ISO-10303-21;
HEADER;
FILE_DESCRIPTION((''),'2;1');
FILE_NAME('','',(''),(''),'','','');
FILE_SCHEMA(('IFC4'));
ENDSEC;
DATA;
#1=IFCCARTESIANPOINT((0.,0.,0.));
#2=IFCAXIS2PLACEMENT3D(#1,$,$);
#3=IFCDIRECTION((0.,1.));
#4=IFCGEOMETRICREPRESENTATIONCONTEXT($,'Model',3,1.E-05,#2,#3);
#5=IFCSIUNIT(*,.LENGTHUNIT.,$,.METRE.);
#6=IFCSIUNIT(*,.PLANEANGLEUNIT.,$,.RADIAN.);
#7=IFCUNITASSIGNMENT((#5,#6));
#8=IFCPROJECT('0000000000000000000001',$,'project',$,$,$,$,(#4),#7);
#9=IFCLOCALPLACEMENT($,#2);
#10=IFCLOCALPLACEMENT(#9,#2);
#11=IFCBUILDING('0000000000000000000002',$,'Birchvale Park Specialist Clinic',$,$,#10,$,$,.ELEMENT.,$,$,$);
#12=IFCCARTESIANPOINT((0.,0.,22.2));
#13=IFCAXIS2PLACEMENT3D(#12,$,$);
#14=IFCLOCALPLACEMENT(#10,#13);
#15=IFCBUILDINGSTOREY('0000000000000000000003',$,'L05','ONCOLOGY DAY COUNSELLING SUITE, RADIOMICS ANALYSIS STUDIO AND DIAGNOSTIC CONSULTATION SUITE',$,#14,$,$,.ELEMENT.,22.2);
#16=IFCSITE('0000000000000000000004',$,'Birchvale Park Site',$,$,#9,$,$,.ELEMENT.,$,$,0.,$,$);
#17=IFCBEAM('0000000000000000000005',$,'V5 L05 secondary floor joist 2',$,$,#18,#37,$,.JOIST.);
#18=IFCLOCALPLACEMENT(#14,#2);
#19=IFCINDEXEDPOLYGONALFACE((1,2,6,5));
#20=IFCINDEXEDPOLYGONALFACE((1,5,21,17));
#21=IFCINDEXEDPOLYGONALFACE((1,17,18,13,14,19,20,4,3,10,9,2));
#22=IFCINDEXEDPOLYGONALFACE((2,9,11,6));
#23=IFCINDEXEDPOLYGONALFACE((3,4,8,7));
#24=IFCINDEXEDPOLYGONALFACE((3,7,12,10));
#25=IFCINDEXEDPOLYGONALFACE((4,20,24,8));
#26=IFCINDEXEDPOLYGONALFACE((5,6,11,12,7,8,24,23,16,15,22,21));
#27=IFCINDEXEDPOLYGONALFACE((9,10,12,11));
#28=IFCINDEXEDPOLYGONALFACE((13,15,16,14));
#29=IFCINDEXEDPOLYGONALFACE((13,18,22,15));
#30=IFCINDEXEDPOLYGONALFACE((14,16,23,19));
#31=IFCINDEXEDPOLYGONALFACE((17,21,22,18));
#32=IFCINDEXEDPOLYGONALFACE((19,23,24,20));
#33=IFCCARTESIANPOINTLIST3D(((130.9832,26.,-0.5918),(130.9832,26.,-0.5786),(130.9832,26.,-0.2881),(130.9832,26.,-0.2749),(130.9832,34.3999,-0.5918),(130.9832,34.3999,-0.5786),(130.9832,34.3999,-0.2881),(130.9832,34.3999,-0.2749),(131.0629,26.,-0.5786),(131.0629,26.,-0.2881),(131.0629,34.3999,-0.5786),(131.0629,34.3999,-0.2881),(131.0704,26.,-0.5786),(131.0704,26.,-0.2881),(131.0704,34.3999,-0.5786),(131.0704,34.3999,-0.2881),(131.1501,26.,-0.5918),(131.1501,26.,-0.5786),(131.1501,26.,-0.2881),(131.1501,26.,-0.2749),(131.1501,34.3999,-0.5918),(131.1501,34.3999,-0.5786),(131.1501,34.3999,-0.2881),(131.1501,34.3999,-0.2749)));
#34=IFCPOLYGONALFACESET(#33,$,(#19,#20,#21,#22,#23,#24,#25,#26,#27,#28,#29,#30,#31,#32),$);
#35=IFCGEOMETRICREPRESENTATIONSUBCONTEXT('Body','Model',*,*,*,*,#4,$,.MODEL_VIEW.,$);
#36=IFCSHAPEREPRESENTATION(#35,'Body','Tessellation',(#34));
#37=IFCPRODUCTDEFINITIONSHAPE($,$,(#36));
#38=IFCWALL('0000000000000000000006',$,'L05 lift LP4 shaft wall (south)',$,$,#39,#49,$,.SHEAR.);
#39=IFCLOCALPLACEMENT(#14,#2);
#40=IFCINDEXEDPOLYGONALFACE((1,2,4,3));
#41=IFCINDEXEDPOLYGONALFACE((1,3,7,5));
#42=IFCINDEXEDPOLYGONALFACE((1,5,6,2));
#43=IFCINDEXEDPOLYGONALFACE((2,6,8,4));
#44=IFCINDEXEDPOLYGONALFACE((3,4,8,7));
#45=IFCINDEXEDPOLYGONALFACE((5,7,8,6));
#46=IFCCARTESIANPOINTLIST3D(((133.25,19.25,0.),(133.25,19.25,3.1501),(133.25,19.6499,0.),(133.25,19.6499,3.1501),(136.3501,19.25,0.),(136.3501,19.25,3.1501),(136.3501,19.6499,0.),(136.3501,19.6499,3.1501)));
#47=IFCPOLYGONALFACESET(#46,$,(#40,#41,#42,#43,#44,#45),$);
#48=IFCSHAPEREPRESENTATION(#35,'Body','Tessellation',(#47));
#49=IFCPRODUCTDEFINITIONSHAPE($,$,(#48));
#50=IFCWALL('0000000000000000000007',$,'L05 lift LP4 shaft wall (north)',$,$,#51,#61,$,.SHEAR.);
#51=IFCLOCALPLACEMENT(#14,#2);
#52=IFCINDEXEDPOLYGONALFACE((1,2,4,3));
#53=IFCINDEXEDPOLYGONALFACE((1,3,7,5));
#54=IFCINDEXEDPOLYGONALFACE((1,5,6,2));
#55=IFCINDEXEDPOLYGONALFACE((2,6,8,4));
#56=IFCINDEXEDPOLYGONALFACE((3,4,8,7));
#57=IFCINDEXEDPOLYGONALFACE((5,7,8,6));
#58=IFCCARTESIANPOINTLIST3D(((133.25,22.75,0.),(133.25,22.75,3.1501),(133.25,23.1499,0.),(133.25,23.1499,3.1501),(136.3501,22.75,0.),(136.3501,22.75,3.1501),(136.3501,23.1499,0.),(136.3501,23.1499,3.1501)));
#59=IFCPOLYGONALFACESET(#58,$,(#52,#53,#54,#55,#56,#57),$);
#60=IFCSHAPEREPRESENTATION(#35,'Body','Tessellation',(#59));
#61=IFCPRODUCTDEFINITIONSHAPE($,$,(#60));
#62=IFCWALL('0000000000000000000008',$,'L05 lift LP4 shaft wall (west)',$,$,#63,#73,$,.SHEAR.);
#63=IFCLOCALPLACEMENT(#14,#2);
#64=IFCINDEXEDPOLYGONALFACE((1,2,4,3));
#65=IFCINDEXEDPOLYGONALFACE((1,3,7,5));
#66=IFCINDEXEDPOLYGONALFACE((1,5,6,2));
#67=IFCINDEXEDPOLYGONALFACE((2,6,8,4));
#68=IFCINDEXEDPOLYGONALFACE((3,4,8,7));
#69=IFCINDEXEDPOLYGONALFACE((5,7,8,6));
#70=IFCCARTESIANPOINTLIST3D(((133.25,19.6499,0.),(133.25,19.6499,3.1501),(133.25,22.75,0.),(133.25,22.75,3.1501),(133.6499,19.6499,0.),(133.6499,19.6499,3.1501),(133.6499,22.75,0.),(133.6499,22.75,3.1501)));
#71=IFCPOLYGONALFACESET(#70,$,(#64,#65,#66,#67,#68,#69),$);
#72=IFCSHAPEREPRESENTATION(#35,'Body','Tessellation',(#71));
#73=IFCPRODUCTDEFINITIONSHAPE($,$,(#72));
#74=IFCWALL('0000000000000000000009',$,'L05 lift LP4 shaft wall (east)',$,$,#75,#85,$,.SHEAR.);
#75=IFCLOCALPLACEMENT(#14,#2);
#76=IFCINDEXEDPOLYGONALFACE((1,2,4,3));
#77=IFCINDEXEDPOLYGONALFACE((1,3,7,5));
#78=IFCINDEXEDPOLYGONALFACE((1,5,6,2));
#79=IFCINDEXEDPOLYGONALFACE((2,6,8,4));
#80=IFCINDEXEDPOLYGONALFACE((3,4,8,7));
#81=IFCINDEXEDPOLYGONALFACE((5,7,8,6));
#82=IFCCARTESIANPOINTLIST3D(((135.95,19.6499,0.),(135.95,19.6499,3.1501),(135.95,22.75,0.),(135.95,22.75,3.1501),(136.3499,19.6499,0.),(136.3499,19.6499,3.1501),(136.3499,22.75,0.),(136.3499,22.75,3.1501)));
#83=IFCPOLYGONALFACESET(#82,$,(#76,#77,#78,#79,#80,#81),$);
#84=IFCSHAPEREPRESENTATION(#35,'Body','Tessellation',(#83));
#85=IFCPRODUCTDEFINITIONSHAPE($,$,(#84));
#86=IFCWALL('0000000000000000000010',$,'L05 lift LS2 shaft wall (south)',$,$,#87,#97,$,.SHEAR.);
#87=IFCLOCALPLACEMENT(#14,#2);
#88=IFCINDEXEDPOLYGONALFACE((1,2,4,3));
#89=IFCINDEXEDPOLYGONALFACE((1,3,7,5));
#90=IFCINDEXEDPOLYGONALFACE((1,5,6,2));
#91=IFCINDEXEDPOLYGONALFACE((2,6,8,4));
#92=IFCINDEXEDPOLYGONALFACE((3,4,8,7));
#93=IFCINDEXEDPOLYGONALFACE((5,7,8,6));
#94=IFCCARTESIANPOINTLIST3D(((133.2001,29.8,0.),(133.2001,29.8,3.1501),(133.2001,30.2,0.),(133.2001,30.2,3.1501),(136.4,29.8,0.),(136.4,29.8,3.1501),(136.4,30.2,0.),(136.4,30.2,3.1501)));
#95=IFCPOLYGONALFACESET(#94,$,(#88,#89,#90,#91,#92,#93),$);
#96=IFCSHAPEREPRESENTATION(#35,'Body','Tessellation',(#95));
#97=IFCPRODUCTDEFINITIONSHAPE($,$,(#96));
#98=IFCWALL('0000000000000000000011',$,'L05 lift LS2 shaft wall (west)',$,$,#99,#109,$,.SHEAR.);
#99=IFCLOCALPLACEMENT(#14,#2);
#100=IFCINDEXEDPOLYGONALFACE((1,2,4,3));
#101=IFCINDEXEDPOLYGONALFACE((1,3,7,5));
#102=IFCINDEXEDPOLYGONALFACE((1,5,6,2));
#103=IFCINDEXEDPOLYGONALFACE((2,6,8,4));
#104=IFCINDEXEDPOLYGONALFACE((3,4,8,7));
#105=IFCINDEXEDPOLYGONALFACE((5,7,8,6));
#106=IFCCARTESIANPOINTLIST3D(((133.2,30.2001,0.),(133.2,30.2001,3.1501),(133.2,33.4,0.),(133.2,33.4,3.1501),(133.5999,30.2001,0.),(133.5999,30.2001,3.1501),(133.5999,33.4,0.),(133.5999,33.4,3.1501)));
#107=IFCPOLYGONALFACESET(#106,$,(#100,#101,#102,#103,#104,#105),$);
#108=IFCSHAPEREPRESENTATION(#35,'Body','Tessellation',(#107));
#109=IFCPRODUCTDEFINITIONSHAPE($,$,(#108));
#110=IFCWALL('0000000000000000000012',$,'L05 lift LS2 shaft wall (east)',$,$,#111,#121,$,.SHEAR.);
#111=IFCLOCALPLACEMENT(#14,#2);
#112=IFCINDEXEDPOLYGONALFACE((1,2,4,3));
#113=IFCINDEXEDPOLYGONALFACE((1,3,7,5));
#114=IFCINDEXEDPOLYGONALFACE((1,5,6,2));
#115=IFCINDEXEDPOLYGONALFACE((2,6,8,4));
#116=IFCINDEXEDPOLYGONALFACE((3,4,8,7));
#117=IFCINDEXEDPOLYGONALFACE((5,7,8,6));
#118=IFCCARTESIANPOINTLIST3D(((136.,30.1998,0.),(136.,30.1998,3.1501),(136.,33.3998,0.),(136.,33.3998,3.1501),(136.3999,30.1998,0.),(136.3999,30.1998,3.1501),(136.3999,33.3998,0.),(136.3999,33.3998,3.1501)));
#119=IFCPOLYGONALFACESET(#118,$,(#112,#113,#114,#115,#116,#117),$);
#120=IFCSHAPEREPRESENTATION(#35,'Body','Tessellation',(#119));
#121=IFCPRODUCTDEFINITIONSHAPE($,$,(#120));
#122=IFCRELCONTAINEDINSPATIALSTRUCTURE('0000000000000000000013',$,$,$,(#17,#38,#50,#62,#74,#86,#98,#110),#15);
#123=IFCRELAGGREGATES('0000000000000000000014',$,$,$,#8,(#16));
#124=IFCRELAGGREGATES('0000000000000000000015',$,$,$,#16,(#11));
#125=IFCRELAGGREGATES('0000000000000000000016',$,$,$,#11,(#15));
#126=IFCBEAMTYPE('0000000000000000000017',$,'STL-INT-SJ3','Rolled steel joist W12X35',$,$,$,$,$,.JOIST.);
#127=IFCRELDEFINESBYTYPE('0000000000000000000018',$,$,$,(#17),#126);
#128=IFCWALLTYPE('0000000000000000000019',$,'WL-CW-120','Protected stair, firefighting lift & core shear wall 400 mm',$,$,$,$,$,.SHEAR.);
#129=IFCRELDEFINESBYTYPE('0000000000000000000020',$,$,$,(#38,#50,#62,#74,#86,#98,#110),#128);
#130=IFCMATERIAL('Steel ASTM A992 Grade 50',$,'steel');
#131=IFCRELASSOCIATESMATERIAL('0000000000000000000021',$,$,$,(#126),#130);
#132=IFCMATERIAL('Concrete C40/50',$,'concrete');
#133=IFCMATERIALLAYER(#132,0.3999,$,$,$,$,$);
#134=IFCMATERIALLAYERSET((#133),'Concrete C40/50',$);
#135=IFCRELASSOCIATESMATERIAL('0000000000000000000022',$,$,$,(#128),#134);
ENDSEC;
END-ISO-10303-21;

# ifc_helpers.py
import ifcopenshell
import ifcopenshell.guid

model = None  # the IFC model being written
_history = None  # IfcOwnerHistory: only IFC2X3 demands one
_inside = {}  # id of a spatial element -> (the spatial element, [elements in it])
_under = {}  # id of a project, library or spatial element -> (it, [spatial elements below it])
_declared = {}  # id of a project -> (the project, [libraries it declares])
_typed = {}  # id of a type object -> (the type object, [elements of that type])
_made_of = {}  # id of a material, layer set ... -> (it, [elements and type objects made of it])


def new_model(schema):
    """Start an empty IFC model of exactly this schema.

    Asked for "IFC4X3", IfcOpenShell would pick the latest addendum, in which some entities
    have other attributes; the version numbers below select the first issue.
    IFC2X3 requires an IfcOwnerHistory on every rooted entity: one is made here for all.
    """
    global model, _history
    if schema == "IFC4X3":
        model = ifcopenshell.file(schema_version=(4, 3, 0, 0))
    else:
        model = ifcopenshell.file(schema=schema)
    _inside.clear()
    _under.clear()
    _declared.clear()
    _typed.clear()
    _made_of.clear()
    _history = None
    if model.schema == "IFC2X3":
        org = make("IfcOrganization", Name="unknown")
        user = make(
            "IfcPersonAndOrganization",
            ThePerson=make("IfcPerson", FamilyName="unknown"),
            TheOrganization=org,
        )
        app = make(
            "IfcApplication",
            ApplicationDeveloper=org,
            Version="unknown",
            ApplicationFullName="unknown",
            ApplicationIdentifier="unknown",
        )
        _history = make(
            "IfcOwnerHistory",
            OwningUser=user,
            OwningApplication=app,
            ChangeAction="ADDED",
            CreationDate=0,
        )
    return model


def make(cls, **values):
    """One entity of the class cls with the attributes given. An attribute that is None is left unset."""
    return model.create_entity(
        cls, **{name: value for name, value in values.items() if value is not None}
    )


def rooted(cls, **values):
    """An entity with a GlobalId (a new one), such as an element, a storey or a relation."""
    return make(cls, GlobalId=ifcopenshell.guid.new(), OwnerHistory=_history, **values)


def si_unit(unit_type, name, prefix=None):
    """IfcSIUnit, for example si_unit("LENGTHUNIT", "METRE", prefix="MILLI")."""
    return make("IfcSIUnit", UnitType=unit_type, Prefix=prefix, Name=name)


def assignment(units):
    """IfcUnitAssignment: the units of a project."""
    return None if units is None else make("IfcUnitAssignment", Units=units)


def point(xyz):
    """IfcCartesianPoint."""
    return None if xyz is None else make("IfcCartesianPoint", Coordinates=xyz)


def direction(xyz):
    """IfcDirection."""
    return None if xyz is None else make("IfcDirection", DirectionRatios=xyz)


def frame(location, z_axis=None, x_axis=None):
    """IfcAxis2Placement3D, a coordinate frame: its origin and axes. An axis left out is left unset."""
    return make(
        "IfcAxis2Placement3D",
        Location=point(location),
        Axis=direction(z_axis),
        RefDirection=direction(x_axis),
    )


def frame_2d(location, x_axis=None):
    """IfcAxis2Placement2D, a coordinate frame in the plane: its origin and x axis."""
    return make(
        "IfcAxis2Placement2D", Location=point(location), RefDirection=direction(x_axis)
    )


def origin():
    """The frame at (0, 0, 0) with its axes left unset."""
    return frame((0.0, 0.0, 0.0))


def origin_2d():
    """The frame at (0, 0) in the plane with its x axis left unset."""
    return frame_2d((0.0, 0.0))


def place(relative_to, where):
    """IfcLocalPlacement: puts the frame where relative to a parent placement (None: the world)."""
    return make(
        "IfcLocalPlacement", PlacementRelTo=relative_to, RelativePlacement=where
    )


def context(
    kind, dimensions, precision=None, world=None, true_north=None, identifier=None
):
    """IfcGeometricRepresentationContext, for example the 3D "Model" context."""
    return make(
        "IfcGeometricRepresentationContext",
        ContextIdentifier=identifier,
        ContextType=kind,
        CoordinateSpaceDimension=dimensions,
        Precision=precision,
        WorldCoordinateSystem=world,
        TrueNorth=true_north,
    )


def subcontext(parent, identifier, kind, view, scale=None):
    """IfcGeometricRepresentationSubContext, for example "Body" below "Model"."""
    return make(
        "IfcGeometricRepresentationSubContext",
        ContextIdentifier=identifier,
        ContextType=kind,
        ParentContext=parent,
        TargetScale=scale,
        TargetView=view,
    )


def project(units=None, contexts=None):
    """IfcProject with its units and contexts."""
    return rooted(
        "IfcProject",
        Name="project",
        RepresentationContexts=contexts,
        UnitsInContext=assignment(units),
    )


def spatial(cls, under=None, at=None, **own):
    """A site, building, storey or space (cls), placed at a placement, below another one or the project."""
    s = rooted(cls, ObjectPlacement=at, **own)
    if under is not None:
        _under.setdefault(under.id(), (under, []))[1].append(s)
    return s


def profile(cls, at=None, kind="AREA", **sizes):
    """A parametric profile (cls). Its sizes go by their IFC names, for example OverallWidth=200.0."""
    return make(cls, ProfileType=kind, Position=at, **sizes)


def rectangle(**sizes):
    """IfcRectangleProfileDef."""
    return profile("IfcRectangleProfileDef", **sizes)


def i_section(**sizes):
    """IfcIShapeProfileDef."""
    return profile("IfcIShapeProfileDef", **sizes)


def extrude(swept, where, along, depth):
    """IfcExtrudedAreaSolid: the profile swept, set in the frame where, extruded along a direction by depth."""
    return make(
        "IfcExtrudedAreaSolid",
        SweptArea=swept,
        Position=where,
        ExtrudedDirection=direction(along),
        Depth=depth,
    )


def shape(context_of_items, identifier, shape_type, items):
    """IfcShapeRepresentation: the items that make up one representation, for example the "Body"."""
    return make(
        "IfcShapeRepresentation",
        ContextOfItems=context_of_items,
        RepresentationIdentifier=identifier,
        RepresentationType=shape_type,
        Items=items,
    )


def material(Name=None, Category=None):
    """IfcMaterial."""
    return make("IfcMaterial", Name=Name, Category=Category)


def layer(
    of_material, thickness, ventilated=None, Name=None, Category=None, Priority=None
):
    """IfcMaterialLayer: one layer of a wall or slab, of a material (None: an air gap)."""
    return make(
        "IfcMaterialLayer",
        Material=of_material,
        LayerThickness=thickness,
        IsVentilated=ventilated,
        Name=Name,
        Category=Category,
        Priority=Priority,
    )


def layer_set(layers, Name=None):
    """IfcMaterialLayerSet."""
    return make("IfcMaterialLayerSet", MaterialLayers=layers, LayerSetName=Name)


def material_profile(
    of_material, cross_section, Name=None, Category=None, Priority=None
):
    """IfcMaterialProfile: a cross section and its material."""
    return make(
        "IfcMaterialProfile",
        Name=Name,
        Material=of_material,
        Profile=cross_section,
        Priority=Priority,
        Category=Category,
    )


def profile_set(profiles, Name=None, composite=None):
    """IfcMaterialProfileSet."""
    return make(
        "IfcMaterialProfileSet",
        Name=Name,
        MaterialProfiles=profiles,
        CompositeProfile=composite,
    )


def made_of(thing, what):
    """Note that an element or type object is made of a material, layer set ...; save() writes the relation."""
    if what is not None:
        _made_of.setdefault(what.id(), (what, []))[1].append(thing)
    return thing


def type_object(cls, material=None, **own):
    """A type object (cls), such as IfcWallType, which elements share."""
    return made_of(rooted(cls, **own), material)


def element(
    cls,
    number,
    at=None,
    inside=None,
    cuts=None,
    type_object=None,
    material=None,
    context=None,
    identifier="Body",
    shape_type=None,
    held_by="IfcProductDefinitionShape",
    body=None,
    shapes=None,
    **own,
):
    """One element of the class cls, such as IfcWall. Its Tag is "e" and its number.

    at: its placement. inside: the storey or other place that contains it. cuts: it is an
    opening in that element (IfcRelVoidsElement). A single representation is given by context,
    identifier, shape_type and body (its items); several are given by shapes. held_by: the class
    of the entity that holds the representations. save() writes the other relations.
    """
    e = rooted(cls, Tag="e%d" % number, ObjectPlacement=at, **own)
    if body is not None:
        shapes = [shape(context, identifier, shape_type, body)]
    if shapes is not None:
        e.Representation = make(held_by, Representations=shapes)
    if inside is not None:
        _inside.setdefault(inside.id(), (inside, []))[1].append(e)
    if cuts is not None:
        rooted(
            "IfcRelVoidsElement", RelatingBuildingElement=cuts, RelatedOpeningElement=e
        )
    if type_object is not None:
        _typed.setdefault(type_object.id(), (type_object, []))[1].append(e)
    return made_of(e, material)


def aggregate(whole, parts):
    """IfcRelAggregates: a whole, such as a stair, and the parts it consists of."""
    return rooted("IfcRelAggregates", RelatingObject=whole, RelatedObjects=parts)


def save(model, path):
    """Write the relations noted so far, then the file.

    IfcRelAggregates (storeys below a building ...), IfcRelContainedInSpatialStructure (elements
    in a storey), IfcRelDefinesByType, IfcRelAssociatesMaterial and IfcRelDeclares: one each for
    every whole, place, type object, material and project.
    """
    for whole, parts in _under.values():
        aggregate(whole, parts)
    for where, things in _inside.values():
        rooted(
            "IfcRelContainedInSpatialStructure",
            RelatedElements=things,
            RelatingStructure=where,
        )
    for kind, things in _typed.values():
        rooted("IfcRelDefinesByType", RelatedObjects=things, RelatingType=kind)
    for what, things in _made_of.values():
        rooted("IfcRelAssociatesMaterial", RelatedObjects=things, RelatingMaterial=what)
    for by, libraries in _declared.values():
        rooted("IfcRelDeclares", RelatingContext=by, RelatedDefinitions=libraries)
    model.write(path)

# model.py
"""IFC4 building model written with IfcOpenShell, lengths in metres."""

from ifc_helpers import new_model, si_unit, direction, frame, frame_2d, origin, origin_2d, place, context, subcontext, project, spatial, rectangle, i_section, extrude, material, layer, layer_set, material_profile, profile_set, type_object, element, save


model = new_model("IFC4")

# Units and contexts
model_context = context("Model", 3, precision=1e-05, world=origin(), true_north=direction((0.0, 1.0)))
body_context = subcontext(model_context, "Body", "Model", "MODEL_VIEW")
ifc_project = project(units=[si_unit("LENGTHUNIT", "METRE"), si_unit("PLANEANGLEUNIT", "RADIAN")], contexts=[model_context])

# Site, building, storey
site_placement = place(None, origin())
site = spatial("IfcSite", under=ifc_project, at=site_placement, Name="Birchvale Park Site", CompositionType="ELEMENT", RefElevation=0.0)
building_placement = place(site_placement, origin())
building = spatial("IfcBuilding", under=site, at=building_placement, Name="Birchvale Park Specialist Clinic", CompositionType="ELEMENT")
storey_placement = place(building_placement, frame((0.0, 0.0, 22.2)))
storey = spatial("IfcBuildingStorey", under=building, at=storey_placement, Name="L05", Description="ONCOLOGY DAY COUNSELLING SUITE, RADIOMICS ANALYSIS STUDIO AND DIAGNOSTIC CONSULTATION SUITE", CompositionType="ELEMENT", Elevation=22.2)

# Shared definitions
ifc_material_1 = material(Name="Concrete C40/50", Category="concrete")

# Beam
ifc_material_2 = material(Name="Steel ASTM A992 Grade 50", Category="steel")
ifc_material_profile_1 = material_profile(ifc_material_2, i_section(OverallWidth=0.167, OverallDepth=0.3169, WebThickness=0.0076, FlangeThickness=0.0132, at=origin_2d()), Name="W12X35")
ifc_profile_set_1 = profile_set([ifc_material_profile_1], Name="Steel ASTM A992 Grade 50")
beam_type_1 = type_object("IfcBeamType", Name="STL-INT-SJ3", Description="Rolled steel joist W12X35", PredefinedType="JOIST", material=ifc_profile_set_1)
beam_1_placement = place(storey_placement, frame((131.0667, 26.0, -0.4333), z_axis=(0.0, 1.0, 0.0), x_axis=(-1.0, 0.0, 0.0)))
element("IfcBeam", 1, at=beam_1_placement, inside=storey, type_object=beam_type_1, Name="V5 L05 secondary floor joist 2", PredefinedType="JOIST", context=body_context, shape_type="SweptSolid", body=[
    extrude(i_section(OverallWidth=0.167, OverallDepth=0.3169, WebThickness=0.0076, FlangeThickness=0.0132, at=origin_2d()), origin(), (0.0, 0.0, 1.0), 8.3999),
])

# Walls
ifc_layer = layer(ifc_material_1, 0.3999)
ifc_layer_set = layer_set([ifc_layer], Name="Concrete C40/50")
wall_type = type_object("IfcWallType", Name="WL-CW-120", Description="Protected stair, firefighting lift & core shear wall 400 mm", PredefinedType="SHEAR", material=ifc_layer_set)
for number, where, z_axis, x_axis, name in (
    (2, (133.25, 19.45, 0.0), (0.0, 0.0, 1.0), (1.0, 0.0, 0.0), "L05 lift LP4 shaft wall (south)"),
    (3, (136.3501, 22.95, 0.0), (0.0, 0.0, 1.0), (-1.0, 0.0, 0.0), "L05 lift LP4 shaft wall (north)"),
    (4, (133.45, 19.6499, 0.0), (0.0, 0.0, 1.0), (0.0, 1.0, 0.0), "L05 lift LP4 shaft wall (west)"),
    (5, (136.1499, 22.75, 0.0), (0.0, 0.0, 1.0), (0.0, -1.0, 0.0), "L05 lift LP4 shaft wall (east)"),
):
    element("IfcWall", number, at=place(storey_placement, frame(where, z_axis=z_axis, x_axis=x_axis)), inside=storey, type_object=wall_type, Name=name, PredefinedType="SHEAR", context=body_context, shape_type="SweptSolid", body=[
        extrude(rectangle(XDim=3.1001, YDim=0.3999, at=frame_2d((1.55, 0.0))), origin(), (0.0, 0.0, 1.0), 3.1501),
    ])
for number, where, z_axis, x_axis, name in (
    (6, (133.2, 30.0, 0.0), (0.0, 0.0, 1.0), (1.0, 0.0, 0.0), "L05 lift LS2 shaft wall (south)"),
    (7, (133.3999, 30.2, 0.0), (0.0, 0.0, 1.0), (0.0, 1.0, 0.0), "L05 lift LS2 shaft wall (west)"),
    (8, (136.2, 33.3999, 0.0), (0.0, 0.0, 1.0), (0.0, -1.0, 0.0), "L05 lift LS2 shaft wall (east)"),
):
    element("IfcWall", number, at=place(storey_placement, frame(where, z_axis=z_axis, x_axis=x_axis)), inside=storey, type_object=wall_type, Name=name, PredefinedType="SHEAR", context=body_context, shape_type="SweptSolid", body=[
        extrude(rectangle(XDim=3.2, YDim=0.3999, at=frame_2d((1.6001, 0.0))), origin(), (0.0, 0.0, 1.0), 3.1501),
    ])

save(model, "model.ifc")
